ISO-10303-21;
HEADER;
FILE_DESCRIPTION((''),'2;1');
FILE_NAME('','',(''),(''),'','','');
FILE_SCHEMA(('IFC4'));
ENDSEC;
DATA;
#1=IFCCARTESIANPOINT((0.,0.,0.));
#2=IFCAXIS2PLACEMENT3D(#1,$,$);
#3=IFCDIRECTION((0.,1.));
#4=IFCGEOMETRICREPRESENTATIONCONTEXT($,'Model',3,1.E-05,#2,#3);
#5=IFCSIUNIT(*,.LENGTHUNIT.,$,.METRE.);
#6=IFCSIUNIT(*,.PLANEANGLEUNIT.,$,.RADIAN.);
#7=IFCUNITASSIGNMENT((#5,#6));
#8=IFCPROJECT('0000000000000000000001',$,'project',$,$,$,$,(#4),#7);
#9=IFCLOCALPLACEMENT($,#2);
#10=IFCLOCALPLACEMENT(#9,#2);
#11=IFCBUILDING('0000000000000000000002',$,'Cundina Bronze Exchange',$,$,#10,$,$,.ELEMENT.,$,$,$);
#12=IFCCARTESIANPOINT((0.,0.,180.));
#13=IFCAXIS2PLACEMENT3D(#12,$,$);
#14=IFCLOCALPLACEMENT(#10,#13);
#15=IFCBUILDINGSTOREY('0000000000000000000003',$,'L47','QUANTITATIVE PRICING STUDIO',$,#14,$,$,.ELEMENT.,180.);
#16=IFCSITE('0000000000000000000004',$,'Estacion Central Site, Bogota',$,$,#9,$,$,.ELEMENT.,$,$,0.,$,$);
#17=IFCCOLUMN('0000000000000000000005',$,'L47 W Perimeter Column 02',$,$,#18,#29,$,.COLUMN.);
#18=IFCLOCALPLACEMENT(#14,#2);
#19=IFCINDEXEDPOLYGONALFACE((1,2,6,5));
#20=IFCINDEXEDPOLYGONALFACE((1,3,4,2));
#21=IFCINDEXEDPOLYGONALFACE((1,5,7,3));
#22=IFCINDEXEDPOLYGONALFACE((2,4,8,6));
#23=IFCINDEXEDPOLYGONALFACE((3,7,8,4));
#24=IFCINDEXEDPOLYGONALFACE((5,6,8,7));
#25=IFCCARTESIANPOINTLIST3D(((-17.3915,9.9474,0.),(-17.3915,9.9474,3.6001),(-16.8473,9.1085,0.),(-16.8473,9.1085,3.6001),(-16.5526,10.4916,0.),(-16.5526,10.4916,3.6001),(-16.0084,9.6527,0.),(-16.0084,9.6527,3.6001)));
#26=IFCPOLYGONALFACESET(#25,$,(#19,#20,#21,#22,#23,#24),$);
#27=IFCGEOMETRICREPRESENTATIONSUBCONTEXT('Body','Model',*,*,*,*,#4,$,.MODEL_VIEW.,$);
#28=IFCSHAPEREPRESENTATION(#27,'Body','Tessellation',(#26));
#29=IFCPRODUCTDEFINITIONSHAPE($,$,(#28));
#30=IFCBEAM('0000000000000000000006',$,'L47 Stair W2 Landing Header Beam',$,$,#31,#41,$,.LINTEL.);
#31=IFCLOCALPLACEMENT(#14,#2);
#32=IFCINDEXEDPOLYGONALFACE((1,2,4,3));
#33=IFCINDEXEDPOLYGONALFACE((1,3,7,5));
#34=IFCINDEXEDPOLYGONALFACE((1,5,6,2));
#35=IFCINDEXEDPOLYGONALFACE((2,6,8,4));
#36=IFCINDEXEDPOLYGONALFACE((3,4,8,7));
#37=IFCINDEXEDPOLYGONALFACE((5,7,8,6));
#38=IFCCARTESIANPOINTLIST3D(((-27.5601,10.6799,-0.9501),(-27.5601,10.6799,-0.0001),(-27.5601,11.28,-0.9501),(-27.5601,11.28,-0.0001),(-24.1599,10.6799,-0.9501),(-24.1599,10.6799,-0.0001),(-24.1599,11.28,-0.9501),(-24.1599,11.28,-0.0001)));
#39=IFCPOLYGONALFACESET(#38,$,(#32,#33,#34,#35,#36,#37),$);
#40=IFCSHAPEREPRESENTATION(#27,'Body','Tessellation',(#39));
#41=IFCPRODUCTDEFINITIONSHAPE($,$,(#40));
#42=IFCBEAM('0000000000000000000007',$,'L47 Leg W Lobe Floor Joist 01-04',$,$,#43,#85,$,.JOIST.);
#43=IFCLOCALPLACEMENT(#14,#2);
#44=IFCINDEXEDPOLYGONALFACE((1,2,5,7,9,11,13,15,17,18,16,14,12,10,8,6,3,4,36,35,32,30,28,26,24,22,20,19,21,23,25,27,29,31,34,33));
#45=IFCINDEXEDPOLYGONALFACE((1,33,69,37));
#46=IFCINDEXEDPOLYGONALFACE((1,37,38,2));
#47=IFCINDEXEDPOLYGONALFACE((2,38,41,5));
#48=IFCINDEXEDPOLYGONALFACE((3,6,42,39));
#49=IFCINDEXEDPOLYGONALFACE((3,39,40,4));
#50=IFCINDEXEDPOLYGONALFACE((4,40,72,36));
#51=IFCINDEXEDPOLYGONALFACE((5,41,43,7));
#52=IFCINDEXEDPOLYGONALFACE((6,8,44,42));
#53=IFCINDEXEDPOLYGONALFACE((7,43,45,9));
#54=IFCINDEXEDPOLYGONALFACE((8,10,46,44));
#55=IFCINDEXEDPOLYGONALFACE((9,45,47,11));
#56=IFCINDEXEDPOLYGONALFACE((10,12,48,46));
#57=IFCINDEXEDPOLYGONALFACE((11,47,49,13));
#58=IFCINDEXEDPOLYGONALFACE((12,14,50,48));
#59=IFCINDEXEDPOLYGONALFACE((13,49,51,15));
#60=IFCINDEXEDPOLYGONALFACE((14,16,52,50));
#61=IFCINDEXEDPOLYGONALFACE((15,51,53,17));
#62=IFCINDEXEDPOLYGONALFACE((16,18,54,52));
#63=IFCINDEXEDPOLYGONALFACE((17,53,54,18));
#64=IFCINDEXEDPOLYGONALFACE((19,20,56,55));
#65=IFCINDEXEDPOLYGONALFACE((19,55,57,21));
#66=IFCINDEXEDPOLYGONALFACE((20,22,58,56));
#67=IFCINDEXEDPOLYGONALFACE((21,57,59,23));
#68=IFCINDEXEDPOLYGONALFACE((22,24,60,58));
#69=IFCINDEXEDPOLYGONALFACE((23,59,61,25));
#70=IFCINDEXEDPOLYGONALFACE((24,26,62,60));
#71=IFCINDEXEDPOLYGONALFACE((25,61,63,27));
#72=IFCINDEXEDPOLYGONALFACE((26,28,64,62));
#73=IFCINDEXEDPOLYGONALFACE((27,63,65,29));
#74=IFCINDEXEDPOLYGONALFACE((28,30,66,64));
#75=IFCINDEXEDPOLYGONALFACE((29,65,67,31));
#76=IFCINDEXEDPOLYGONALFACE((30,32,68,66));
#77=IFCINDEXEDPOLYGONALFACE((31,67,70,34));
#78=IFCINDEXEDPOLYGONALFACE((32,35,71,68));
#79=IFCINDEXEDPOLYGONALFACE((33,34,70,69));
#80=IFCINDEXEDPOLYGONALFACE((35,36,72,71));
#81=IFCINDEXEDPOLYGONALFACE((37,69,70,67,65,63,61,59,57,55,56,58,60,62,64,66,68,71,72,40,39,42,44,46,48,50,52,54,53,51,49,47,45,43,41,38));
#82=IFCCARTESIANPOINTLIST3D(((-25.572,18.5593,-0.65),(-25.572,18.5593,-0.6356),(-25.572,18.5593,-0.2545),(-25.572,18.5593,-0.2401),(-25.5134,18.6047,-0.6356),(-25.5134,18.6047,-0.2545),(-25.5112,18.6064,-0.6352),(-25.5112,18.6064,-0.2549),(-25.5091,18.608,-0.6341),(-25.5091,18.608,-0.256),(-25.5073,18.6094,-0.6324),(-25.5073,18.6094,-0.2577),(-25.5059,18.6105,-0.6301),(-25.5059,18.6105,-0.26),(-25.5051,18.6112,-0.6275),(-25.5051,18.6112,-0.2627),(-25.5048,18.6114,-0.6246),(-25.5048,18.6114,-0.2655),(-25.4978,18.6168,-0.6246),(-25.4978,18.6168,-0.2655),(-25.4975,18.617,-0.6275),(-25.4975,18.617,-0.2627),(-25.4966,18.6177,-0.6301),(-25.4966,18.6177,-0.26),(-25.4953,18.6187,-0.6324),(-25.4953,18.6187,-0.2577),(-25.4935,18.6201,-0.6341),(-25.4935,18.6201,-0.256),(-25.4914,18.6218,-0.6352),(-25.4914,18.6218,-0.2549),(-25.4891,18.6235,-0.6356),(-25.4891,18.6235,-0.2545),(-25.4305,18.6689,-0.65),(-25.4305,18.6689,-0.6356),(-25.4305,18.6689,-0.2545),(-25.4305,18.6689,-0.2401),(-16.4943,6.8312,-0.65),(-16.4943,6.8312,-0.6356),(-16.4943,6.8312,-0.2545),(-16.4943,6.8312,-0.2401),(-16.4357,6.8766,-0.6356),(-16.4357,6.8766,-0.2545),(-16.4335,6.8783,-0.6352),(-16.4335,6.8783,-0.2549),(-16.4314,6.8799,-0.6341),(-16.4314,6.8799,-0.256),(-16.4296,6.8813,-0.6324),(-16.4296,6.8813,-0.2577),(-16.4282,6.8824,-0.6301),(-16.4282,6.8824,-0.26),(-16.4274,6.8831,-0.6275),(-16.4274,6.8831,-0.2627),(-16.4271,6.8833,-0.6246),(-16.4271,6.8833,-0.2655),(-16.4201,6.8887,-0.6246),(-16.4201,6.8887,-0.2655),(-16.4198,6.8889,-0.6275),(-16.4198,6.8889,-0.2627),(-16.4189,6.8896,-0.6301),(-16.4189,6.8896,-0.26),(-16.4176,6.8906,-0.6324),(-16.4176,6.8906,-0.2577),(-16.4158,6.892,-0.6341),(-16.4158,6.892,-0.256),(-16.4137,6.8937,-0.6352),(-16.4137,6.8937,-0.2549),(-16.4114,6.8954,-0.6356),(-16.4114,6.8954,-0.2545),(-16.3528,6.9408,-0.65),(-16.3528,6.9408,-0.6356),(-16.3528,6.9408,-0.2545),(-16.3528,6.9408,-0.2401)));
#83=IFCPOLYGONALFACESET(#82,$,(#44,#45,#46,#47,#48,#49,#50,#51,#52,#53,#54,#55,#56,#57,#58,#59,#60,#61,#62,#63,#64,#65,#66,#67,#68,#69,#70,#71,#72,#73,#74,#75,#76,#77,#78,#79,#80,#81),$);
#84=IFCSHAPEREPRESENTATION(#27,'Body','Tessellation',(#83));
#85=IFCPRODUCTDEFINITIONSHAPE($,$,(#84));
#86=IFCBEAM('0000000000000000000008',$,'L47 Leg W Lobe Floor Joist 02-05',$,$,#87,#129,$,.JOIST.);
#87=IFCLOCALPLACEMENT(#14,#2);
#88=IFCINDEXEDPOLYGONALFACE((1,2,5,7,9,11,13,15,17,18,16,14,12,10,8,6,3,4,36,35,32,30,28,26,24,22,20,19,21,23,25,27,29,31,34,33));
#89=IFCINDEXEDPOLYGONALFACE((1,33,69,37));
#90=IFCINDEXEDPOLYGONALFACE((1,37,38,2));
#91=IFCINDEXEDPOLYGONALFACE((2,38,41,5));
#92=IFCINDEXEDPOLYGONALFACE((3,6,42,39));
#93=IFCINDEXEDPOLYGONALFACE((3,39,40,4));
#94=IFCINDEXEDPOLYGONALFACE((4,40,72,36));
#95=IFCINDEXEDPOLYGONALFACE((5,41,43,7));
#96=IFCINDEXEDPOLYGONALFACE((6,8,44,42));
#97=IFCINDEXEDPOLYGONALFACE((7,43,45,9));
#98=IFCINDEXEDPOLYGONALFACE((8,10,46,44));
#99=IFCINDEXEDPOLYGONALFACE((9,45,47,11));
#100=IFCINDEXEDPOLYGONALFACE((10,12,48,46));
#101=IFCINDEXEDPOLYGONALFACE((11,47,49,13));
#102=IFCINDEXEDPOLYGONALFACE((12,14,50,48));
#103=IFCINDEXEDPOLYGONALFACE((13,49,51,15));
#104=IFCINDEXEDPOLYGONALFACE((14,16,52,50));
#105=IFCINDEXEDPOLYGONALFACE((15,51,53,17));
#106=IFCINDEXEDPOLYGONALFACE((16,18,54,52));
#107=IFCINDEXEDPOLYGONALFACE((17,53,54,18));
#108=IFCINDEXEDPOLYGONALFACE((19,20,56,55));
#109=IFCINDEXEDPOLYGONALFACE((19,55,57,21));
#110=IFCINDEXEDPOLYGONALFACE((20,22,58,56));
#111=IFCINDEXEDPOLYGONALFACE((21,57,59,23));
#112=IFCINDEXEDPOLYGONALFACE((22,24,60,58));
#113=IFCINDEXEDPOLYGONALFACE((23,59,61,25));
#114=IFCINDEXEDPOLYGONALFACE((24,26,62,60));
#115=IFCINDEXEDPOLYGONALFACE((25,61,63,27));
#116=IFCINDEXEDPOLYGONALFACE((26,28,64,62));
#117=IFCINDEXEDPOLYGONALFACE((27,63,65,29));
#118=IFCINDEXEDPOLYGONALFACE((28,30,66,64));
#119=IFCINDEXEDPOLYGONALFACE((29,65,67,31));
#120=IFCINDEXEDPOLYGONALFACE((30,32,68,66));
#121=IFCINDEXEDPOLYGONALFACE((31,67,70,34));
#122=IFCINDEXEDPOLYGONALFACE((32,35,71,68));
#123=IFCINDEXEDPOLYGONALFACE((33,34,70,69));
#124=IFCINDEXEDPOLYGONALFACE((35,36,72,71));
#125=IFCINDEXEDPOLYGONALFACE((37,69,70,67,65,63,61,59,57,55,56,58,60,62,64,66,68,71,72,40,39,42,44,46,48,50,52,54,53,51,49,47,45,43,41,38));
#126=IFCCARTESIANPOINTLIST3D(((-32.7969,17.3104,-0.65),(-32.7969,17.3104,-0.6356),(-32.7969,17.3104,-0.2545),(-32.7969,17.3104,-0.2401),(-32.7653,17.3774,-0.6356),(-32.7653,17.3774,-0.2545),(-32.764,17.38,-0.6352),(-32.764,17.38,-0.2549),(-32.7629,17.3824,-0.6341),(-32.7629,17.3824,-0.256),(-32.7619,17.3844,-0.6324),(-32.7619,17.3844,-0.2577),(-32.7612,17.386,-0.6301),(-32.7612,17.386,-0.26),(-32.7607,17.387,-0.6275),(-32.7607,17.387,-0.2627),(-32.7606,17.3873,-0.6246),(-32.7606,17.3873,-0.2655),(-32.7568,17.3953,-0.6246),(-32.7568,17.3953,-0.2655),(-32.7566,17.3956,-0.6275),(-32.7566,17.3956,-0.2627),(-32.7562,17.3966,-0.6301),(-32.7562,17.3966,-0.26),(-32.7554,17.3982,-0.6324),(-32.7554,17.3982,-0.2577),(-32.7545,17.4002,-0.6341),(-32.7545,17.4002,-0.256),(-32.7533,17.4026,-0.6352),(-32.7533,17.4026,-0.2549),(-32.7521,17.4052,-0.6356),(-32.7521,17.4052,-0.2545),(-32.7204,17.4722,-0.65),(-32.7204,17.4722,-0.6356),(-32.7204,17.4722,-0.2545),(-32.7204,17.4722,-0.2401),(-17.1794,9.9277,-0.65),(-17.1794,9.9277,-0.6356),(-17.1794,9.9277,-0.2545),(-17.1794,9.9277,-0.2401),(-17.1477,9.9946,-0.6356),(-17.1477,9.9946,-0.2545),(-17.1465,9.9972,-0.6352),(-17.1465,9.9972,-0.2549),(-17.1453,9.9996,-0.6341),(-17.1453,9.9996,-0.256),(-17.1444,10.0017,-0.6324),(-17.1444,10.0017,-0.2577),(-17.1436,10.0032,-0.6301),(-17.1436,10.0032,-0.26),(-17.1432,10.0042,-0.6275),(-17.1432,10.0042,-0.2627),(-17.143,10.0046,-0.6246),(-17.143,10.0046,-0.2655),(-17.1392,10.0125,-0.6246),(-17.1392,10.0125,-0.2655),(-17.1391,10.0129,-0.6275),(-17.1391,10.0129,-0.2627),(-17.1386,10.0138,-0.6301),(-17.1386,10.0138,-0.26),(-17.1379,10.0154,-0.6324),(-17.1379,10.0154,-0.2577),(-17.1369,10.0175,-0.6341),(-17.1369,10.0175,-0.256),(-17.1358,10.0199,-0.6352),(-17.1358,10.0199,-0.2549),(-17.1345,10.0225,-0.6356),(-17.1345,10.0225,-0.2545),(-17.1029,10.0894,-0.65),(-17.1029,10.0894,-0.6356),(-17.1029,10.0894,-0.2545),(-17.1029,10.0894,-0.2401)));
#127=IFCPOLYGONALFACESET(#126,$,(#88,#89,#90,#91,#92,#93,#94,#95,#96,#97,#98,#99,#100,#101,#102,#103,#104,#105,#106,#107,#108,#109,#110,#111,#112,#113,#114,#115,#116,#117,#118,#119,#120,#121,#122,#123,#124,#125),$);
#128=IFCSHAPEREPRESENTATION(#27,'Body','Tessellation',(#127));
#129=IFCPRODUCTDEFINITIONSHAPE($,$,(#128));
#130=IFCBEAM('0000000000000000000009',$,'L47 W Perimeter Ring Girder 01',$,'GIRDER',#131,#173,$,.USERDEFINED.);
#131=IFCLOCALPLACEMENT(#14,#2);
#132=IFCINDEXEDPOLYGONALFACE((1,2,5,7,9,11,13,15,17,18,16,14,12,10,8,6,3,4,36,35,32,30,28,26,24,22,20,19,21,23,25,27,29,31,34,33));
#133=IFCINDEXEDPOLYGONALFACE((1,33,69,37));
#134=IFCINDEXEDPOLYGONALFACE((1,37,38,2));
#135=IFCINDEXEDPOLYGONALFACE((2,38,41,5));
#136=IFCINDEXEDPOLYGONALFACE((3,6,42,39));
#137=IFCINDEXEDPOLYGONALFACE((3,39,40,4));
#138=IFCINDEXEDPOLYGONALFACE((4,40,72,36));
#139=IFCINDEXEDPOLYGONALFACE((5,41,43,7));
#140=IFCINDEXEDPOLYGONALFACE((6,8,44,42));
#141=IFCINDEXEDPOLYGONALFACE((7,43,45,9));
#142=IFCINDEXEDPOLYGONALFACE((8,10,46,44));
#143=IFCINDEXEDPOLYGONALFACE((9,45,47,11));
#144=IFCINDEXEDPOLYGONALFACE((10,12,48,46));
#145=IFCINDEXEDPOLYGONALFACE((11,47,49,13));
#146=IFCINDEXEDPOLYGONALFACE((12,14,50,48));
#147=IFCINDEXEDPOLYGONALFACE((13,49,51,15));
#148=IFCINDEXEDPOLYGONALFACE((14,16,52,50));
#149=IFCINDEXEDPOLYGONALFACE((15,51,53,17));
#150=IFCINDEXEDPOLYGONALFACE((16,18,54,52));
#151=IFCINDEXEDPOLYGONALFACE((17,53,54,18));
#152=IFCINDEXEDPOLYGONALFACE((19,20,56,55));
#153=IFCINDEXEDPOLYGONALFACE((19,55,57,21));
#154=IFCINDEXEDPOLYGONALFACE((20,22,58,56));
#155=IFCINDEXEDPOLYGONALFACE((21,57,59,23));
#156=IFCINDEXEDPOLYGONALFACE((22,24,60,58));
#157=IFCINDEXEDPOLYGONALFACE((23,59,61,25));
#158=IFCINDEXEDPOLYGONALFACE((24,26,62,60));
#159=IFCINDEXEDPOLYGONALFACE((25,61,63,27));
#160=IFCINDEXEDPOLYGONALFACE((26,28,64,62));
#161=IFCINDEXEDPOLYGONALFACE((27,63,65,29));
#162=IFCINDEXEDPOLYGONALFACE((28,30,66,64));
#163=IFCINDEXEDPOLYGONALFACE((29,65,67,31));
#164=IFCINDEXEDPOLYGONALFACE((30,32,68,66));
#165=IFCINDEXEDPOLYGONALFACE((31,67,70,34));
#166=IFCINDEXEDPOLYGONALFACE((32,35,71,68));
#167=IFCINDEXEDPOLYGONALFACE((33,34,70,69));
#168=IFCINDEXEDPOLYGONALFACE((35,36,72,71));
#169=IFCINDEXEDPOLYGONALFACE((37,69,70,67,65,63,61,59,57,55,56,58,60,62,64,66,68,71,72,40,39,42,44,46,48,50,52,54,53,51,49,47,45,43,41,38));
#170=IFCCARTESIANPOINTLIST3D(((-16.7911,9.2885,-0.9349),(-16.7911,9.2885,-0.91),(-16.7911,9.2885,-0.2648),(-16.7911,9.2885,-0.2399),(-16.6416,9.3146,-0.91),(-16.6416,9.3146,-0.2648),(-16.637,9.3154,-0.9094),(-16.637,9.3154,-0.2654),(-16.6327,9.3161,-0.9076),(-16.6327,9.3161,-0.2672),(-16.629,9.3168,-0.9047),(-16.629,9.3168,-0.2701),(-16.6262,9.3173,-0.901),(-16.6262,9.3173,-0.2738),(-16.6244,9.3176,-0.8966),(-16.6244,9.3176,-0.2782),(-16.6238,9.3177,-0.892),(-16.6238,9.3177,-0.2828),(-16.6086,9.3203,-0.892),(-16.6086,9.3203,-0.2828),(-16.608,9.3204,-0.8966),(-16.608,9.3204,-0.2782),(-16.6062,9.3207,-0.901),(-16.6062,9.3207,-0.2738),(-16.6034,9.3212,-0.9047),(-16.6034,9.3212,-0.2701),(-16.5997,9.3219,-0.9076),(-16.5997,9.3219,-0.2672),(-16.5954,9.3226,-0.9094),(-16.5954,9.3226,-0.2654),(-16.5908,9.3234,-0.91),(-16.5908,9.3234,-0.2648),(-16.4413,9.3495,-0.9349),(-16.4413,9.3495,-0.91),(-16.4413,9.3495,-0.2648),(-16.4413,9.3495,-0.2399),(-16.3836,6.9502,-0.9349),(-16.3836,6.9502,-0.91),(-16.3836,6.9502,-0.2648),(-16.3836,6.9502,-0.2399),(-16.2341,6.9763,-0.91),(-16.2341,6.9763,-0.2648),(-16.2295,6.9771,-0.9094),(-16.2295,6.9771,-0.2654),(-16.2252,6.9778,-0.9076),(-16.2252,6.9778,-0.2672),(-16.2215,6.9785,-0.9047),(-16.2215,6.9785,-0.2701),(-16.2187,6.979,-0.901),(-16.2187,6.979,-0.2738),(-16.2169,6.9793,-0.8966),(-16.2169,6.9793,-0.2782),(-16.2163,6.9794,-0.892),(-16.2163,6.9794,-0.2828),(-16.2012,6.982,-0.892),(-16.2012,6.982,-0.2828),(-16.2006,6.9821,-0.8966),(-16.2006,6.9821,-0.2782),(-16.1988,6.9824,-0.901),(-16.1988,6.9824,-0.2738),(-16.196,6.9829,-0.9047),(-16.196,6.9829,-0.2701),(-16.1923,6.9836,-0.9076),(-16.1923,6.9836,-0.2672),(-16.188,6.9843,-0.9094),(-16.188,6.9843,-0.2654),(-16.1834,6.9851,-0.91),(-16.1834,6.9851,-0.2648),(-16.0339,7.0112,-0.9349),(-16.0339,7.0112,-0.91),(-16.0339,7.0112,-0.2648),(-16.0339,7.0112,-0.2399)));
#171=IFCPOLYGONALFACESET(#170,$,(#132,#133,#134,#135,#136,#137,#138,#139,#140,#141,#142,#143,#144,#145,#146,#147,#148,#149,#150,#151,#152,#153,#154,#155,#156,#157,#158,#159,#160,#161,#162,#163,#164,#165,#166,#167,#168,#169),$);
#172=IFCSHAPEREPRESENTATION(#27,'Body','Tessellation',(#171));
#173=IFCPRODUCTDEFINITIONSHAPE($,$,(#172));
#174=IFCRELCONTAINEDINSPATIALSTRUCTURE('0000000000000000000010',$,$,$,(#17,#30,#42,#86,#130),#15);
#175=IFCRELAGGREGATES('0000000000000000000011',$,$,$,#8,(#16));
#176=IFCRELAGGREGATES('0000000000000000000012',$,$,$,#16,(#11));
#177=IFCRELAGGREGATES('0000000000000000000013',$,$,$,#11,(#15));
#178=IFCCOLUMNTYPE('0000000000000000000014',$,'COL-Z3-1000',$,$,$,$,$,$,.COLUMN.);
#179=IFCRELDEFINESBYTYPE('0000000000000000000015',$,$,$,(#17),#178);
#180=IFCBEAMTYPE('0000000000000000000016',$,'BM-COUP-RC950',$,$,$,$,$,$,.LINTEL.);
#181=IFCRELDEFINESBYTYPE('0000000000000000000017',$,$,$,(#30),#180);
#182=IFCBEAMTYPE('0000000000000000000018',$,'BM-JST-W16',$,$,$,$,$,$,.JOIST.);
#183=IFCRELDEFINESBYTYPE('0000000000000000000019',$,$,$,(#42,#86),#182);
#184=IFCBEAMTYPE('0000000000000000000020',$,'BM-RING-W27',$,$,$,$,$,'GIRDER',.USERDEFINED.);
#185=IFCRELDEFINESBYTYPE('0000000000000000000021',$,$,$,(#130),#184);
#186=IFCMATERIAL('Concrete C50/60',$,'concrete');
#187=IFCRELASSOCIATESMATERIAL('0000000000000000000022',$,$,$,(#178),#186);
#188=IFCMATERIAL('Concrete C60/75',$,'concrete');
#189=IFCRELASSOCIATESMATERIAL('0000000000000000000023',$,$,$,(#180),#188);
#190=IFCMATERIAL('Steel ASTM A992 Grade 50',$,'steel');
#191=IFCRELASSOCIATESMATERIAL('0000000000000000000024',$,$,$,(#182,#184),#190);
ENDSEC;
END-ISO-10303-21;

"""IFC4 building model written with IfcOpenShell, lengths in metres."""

from ifc_helpers import new_model, si_unit, direction, frame, origin, origin_2d, place, context, subcontext, project, spatial, rectangle, i_section, extrude, material, material_profile, profile_set, type_object, element, save


model = new_model("IFC4")

# Units and contexts
model_context = context("Model", 3, precision=1e-05, world=origin(), true_north=direction((0.0, 1.0)))
body_context = subcontext(model_context, "Body", "Model", "MODEL_VIEW")
ifc_project = project(units=[si_unit("LENGTHUNIT", "METRE"), si_unit("PLANEANGLEUNIT", "RADIAN")], contexts=[model_context])

# Site, building, storey
site_placement = place(None, origin())
site = spatial("IfcSite", under=ifc_project, at=site_placement, Name="Estacion Central Site, Bogota", CompositionType="ELEMENT", RefElevation=0.0)
building_placement = place(site_placement, origin())
building = spatial("IfcBuilding", under=site, at=building_placement, Name="Cundina Bronze Exchange", CompositionType="ELEMENT")
storey_placement = place(building_placement, frame((0.0, 0.0, 180.0)))
storey = spatial("IfcBuildingStorey", under=building, at=storey_placement, Name="L47", Description="QUANTITATIVE PRICING STUDIO", CompositionType="ELEMENT", Elevation=180.0)

# Column
ifc_material_1 = material(Name="Concrete C50/60", Category="concrete")
ifc_material_profile_1 = material_profile(ifc_material_1, rectangle(XDim=1.0, YDim=1.0, at=origin_2d()), Name="RC1000X1000", Category="concrete")
ifc_profile_set_1 = profile_set([ifc_material_profile_1], Name="Concrete C50/60")
column_type = type_object("IfcColumnType", Name="COL-Z3-1000", PredefinedType="COLUMN", material=ifc_profile_set_1)
column_placement = place(storey_placement, frame((-16.7, 9.8, 0.0), z_axis=(0.0, 0.0, 1.0), x_axis=(-0.5442, 0.838956, 0.0)))
element("IfcColumn", 1, at=column_placement, inside=storey, type_object=column_type, Name="L47 W Perimeter Column 02", PredefinedType="COLUMN", context=body_context, shape_type="SweptSolid", body=[
    extrude(rectangle(XDim=1.0, YDim=1.0, at=origin_2d()), origin(), (0.0, 0.0, 1.0), 3.6001),
])

# Beams
ifc_material_2 = material(Name="Concrete C60/75", Category="concrete")
ifc_material_profile_2 = material_profile(ifc_material_2, rectangle(XDim=0.6001, YDim=0.95, at=origin_2d()), Name="RC600X950", Category="concrete")
ifc_profile_set_2 = profile_set([ifc_material_profile_2], Name="Concrete C60/75")
beam_type_1 = type_object("IfcBeamType", Name="BM-COUP-RC950", PredefinedType="LINTEL", material=ifc_profile_set_2)
beam_1_placement = place(storey_placement, frame((-27.5601, 10.98, -0.4751), z_axis=(1.0, 0.0, 0.0), x_axis=(0.0, 1.0, 0.0)))
element("IfcBeam", 2, at=beam_1_placement, inside=storey, type_object=beam_type_1, Name="L47 Stair W2 Landing Header Beam", PredefinedType="LINTEL", context=body_context, shape_type="SweptSolid", body=[
    extrude(rectangle(XDim=0.6001, YDim=0.95, at=origin_2d()), origin(), (0.0, 0.0, 1.0), 3.4001),
])
ifc_material_3 = material(Name="Steel ASTM A992 Grade 50", Category="steel")
ifc_material_profile_3 = material_profile(ifc_material_3, i_section(OverallWidth=0.179, OverallDepth=0.4099, WebThickness=0.0088, FlangeThickness=0.0144, FilletRadius=0.011, at=origin_2d()), Name="W16X45", Category="steel")
ifc_profile_set_3 = profile_set([ifc_material_profile_3], Name="Steel ASTM A992 Grade 50")
beam_type_2 = type_object("IfcBeamType", Name="BM-JST-W16", PredefinedType="JOIST", material=ifc_profile_set_3)
beam_2_placement = place(storey_placement, frame((-16.4236, 6.886, -0.4451), z_axis=(-0.612084, 0.790793, 0.0), x_axis=(-0.790793, -0.612084, 0.0)))
element("IfcBeam", 3, at=beam_2_placement, inside=storey, type_object=beam_type_2, Name="L47 Leg W Lobe Floor Joist 01-04", PredefinedType="JOIST", context=body_context, shape_type="SweptSolid", body=[
    extrude(i_section(OverallWidth=0.179, OverallDepth=0.4099, WebThickness=0.0088, FlangeThickness=0.0144, FilletRadius=0.011, at=origin_2d()), origin(), (0.0, 0.0, 1.0), 14.8308),
])
beam_3_placement = place(storey_placement, frame((-17.1411, 10.0085, -0.4451), z_axis=(-0.904074, 0.427375, 0.0), x_axis=(-0.427375, -0.904074, 0.0)))
element("IfcBeam", 4, at=beam_3_placement, inside=storey, type_object=beam_type_2, Name="L47 Leg W Lobe Floor Joist 02-05", PredefinedType="JOIST", context=body_context, shape_type="SweptSolid", body=[
    extrude(i_section(OverallWidth=0.179, OverallDepth=0.4099, WebThickness=0.0088, FlangeThickness=0.0144, FilletRadius=0.011, at=origin_2d()), origin(), (0.0, 0.0, 1.0), 17.2747),
])
ifc_material_profile_4 = material_profile(ifc_material_3, i_section(OverallWidth=0.355, OverallDepth=0.6951, WebThickness=0.0154, FlangeThickness=0.0249, FilletRadius=0.0181, at=origin_2d()), Name="W27X146", Category="steel")
ifc_profile_set_4 = profile_set([ifc_material_profile_4], Name="Steel ASTM A992 Grade 50")
beam_type_3 = type_object("IfcBeamType", Name="BM-RING-W27", ElementType="GIRDER", PredefinedType="USERDEFINED", material=ifc_profile_set_4)
beam_4_placement = place(storey_placement, frame((-16.2087, 6.9807, -0.5874), z_axis=(-0.171667, 0.985155, 0.0), x_axis=(-0.985155, -0.171667, 0.0)))
element("IfcBeam", 5, at=beam_4_placement, inside=storey, type_object=beam_type_3, Name="L47 W Perimeter Ring Girder 01", ObjectType="GIRDER", PredefinedType="USERDEFINED", context=body_context, shape_type="SweptSolid", body=[
    extrude(i_section(OverallWidth=0.355, OverallDepth=0.6951, WebThickness=0.0154, FlangeThickness=0.0249, FilletRadius=0.0181, at=origin_2d()), origin(), (0.0, 0.0, 1.0), 2.3735),
])

save(model, "model.ifc")
